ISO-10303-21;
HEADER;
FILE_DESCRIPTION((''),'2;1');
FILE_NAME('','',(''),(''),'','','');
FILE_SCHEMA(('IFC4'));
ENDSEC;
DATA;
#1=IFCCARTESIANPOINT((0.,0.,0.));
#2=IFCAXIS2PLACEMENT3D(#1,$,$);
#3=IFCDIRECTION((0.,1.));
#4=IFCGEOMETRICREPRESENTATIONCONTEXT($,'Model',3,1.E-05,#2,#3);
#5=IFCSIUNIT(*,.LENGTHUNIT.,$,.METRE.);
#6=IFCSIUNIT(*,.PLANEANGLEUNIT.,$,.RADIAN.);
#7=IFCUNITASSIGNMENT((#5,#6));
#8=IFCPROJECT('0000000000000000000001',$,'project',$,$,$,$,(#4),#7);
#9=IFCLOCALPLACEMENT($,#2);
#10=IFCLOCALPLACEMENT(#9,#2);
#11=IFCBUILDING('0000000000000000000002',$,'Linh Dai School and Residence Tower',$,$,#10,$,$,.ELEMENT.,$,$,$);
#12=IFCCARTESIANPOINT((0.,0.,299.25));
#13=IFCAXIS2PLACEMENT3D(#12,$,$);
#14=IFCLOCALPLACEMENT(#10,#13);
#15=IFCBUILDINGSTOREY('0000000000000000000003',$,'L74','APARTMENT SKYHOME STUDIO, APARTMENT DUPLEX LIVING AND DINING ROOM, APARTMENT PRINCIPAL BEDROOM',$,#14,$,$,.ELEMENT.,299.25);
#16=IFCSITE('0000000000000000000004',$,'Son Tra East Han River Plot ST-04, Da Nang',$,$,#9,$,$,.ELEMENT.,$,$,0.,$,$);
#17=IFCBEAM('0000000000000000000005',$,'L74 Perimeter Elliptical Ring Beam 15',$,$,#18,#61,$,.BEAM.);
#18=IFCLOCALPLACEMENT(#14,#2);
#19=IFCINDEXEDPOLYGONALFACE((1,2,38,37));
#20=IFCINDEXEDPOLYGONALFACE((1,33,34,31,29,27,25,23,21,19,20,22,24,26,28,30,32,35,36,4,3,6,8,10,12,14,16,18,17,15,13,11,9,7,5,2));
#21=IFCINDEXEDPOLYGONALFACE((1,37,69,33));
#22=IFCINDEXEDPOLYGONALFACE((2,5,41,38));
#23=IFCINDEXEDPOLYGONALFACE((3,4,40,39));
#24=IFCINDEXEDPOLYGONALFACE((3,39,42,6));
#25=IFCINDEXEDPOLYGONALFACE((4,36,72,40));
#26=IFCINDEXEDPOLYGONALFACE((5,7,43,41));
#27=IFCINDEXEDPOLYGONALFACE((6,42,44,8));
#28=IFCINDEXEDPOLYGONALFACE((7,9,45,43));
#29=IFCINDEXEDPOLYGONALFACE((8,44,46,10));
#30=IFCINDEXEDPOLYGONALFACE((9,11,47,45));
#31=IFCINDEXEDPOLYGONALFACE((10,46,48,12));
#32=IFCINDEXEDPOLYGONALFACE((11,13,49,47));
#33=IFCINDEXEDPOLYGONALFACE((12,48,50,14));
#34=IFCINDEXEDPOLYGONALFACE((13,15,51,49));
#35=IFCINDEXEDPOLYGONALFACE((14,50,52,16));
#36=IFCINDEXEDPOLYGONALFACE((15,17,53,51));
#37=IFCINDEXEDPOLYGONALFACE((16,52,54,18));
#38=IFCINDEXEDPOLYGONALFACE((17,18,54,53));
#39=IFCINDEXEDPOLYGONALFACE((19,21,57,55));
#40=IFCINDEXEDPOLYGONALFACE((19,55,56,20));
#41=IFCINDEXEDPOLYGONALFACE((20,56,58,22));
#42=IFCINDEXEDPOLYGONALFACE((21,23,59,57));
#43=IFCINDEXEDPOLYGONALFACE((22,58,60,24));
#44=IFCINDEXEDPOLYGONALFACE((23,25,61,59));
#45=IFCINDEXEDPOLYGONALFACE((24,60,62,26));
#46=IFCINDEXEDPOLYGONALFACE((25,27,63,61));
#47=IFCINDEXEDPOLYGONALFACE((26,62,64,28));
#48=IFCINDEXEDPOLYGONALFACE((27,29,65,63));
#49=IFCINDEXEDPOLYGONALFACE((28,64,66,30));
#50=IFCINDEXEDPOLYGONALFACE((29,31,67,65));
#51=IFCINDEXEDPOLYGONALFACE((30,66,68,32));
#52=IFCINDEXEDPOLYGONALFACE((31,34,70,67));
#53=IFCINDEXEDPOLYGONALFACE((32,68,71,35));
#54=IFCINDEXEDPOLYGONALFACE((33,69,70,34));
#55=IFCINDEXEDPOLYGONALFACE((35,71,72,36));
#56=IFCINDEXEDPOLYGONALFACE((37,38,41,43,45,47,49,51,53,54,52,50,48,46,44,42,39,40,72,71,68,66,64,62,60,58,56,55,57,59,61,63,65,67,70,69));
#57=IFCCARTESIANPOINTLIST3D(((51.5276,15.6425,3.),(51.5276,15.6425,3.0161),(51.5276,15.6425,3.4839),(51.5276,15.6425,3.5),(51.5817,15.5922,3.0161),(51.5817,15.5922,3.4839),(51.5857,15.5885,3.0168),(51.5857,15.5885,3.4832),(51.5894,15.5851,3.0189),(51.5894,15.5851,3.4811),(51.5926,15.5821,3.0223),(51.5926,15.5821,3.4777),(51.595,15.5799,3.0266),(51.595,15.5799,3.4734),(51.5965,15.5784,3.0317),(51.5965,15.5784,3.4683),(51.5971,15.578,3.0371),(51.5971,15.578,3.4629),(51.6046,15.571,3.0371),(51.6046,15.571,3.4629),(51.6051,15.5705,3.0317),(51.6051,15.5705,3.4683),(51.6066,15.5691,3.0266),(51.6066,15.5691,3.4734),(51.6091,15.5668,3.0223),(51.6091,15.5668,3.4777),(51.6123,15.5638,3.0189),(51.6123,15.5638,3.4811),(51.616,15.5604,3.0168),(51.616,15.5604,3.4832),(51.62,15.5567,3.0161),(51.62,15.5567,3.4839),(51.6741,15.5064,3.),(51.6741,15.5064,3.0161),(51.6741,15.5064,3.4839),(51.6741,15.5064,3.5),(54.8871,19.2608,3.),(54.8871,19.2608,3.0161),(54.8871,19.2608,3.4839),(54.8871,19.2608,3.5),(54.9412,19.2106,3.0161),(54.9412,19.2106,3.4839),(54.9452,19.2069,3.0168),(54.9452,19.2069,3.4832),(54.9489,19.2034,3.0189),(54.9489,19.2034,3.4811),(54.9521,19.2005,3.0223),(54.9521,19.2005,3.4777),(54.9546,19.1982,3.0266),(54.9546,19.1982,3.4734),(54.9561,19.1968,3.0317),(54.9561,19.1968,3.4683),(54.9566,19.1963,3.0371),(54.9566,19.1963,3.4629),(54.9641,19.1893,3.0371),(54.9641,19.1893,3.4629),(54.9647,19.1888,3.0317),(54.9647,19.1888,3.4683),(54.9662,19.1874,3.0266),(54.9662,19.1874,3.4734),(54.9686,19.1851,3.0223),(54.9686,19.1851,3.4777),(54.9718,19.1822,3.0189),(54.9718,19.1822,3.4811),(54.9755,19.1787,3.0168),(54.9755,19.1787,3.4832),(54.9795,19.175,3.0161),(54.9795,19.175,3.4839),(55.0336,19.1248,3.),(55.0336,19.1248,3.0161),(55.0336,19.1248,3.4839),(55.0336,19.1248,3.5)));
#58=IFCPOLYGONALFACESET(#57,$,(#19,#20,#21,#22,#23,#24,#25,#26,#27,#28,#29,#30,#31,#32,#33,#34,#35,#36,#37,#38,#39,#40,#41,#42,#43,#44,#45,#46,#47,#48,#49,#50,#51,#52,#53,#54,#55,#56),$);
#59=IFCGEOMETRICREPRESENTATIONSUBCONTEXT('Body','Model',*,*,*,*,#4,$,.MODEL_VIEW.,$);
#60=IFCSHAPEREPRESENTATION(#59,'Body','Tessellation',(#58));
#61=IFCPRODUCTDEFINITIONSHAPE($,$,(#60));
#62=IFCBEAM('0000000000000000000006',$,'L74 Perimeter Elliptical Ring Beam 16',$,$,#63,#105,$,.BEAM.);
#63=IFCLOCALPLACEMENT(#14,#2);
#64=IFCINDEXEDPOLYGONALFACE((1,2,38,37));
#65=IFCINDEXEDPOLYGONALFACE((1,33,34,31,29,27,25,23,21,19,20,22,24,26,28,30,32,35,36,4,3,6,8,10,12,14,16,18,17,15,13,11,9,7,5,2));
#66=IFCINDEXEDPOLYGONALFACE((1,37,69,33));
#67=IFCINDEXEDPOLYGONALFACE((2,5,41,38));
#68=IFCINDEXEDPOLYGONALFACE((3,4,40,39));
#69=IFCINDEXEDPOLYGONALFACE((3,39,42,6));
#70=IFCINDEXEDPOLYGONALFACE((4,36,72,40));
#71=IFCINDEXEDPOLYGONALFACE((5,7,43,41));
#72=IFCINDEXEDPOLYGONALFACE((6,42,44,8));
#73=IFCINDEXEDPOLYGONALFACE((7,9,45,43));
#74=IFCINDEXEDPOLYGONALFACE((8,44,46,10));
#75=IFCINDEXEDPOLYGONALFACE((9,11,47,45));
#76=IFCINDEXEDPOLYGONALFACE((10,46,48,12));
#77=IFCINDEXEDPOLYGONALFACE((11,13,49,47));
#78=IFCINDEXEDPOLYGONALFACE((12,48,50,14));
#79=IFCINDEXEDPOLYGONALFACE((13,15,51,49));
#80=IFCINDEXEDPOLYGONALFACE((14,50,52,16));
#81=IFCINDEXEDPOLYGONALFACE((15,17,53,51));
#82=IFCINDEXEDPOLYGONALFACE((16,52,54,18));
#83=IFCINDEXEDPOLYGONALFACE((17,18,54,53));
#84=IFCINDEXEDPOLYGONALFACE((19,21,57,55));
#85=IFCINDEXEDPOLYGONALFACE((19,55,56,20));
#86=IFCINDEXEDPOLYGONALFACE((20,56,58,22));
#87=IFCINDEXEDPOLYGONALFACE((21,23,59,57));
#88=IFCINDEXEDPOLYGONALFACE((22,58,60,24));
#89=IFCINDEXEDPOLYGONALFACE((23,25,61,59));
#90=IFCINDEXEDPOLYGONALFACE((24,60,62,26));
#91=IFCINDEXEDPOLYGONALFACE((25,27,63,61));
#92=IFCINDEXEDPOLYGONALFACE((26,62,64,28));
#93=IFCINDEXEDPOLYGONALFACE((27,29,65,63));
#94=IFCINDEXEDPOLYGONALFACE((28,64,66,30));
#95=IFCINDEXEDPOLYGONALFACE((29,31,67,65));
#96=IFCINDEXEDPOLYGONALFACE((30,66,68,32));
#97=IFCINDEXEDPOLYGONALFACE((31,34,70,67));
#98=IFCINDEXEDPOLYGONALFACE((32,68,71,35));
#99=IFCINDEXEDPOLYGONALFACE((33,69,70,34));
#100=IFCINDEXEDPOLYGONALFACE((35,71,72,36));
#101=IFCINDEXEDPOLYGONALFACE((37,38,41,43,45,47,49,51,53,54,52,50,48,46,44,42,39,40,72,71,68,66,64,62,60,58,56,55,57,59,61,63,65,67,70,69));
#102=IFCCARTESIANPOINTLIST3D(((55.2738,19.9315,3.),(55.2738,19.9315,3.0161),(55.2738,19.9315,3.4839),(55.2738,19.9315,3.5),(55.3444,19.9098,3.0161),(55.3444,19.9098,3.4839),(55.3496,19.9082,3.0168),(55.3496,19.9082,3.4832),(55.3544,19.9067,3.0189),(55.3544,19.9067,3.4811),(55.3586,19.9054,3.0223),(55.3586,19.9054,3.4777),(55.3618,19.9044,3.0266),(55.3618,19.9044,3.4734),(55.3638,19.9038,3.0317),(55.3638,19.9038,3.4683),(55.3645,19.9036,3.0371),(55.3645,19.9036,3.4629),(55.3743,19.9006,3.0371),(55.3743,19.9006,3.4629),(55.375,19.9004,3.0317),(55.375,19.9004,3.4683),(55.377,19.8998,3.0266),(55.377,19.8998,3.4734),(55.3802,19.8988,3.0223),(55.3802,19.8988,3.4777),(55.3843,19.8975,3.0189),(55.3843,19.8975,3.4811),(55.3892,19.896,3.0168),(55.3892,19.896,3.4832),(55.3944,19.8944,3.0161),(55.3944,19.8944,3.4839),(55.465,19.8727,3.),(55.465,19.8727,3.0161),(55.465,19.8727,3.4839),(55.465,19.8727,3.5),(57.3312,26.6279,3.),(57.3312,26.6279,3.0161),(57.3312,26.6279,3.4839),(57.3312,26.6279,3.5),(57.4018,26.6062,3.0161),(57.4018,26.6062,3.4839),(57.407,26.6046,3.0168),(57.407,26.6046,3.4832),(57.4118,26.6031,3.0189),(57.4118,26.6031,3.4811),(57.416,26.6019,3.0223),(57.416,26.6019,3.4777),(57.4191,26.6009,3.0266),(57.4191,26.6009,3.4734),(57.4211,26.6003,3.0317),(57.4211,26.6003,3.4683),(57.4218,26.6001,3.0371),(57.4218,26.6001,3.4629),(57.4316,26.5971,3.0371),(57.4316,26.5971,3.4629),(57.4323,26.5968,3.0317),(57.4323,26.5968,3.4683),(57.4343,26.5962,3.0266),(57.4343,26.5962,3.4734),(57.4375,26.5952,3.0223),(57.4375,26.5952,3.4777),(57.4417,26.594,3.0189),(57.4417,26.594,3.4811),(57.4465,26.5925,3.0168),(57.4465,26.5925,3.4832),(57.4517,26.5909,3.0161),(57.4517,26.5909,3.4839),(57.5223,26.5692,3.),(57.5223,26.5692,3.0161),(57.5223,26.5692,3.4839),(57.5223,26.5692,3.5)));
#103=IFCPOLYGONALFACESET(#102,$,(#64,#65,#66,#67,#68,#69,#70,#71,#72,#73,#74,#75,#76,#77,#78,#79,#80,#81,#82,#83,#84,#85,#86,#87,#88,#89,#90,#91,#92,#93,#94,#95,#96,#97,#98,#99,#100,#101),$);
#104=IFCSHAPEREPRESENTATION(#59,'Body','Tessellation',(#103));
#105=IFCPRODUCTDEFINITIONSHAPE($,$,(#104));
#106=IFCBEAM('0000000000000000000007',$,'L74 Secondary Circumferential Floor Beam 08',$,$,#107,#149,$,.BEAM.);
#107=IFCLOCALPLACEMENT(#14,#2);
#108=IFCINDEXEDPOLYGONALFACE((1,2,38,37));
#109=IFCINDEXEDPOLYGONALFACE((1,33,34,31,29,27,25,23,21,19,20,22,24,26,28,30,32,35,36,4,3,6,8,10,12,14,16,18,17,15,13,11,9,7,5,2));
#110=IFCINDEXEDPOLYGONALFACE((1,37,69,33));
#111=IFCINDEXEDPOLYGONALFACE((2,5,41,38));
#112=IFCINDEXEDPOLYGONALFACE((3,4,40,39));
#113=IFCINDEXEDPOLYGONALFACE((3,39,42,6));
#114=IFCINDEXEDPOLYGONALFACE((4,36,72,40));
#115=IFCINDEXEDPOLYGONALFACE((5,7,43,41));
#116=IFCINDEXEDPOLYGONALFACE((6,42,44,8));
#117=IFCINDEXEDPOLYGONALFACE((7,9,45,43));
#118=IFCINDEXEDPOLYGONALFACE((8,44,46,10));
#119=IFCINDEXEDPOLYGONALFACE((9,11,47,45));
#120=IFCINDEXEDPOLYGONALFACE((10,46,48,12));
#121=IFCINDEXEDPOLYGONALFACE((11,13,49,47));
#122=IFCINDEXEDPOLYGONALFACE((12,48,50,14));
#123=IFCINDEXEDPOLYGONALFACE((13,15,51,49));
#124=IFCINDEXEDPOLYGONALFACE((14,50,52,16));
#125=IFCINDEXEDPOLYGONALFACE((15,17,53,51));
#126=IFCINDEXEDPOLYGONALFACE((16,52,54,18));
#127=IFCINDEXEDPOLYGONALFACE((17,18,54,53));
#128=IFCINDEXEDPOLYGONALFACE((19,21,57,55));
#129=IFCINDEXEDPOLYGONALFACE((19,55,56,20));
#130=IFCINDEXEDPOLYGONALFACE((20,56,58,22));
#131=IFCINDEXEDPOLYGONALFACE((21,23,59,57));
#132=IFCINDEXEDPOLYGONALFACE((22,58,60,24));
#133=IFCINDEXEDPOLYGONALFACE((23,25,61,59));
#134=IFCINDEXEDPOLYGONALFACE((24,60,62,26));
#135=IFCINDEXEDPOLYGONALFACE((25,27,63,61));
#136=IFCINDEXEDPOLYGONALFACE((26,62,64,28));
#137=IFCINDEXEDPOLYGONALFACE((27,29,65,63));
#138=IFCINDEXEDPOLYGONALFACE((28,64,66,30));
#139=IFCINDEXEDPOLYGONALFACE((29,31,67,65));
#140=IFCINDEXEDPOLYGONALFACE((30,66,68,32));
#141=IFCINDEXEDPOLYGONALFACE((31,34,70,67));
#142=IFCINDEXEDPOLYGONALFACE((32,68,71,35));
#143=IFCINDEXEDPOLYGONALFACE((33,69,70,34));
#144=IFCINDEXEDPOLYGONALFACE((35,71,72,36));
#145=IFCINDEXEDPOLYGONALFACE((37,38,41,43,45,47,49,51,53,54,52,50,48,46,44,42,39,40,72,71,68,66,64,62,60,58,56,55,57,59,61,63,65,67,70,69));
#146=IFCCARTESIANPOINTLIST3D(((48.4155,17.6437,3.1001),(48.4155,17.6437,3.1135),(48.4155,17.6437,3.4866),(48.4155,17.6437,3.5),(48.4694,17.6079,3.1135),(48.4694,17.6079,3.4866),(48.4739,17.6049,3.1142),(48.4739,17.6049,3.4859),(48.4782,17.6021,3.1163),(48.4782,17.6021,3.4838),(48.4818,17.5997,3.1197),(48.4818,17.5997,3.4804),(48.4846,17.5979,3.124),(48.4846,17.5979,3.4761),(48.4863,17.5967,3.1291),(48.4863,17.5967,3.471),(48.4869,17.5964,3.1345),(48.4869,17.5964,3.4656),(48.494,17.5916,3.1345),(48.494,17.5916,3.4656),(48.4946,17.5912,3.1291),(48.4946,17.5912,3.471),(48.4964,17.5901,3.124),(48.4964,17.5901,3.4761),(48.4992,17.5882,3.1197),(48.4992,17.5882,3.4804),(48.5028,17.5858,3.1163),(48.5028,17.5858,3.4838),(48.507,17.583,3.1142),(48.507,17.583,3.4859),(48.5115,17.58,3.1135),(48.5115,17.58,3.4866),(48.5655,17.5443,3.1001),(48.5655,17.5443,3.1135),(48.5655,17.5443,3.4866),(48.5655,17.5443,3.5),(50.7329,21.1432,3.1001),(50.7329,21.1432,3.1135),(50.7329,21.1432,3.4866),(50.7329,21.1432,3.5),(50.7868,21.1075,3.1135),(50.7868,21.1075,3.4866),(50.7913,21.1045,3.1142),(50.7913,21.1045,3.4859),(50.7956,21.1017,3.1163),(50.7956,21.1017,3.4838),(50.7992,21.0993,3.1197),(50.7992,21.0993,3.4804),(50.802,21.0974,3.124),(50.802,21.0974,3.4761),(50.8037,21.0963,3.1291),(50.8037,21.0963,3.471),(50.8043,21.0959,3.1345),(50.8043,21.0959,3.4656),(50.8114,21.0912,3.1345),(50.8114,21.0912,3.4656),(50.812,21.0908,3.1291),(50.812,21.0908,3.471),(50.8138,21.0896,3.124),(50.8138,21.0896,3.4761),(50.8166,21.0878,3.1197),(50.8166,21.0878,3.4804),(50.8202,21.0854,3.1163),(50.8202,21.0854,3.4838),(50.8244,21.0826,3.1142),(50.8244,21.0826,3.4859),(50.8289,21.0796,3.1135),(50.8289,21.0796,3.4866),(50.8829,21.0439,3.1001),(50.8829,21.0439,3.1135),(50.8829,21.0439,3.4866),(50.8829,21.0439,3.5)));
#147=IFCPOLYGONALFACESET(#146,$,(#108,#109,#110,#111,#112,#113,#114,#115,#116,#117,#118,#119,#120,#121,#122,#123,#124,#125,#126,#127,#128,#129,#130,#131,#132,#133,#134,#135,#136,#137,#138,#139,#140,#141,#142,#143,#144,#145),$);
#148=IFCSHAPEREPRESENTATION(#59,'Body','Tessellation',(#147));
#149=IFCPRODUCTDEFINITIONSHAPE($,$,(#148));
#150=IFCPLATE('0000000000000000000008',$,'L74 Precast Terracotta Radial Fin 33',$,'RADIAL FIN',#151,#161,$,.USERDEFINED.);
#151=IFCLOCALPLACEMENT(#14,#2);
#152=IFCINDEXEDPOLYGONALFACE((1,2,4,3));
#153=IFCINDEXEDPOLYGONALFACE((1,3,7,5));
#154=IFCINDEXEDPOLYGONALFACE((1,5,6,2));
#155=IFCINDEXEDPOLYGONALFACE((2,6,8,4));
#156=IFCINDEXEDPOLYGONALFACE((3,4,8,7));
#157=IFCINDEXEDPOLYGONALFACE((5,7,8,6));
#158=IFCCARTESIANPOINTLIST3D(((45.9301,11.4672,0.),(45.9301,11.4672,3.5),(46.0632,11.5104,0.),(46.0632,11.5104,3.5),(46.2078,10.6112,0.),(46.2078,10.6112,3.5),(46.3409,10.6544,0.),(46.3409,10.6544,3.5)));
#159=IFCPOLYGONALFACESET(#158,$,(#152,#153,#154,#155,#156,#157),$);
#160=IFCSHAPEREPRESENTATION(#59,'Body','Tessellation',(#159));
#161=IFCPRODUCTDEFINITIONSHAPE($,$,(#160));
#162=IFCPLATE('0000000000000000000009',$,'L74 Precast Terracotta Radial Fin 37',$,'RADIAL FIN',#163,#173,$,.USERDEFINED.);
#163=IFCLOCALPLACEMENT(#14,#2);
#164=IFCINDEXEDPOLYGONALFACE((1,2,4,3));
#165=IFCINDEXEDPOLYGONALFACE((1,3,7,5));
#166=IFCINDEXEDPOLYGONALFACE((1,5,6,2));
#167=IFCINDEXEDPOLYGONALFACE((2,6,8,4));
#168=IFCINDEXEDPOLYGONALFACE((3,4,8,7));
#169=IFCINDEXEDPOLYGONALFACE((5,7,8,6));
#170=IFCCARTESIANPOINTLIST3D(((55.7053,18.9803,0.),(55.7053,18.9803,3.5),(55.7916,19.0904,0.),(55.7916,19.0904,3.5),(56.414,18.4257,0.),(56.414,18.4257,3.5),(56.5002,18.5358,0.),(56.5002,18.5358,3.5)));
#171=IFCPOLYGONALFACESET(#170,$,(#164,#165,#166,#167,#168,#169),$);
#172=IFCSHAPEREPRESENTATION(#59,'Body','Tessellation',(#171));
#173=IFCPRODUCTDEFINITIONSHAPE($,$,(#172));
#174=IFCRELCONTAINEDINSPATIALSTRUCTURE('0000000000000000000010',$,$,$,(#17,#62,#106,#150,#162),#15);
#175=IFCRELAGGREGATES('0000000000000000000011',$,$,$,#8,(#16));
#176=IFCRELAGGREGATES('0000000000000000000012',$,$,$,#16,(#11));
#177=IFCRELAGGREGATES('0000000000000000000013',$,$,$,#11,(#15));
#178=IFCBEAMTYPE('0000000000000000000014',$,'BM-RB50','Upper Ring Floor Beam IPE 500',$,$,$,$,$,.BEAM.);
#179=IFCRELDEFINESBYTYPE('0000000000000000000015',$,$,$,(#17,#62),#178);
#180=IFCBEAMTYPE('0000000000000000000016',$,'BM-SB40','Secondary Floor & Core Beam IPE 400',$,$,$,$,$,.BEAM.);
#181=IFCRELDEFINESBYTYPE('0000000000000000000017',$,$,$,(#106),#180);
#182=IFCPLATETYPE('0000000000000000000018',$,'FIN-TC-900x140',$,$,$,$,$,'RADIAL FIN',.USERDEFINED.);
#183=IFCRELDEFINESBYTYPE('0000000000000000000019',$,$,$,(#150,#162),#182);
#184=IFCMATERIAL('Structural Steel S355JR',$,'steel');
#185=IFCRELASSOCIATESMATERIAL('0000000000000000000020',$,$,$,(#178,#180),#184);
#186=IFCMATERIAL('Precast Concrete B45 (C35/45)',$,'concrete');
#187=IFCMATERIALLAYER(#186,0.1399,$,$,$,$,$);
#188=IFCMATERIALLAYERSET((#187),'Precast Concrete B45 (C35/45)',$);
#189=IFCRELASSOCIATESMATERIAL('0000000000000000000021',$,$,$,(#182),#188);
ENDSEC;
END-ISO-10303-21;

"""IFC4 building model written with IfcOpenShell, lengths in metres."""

from ifc_helpers import new_model, si_unit, direction, frame, origin, origin_2d, place, context, subcontext, project, spatial, rectangle, i_section, extrude, source, transform, mapped, material, layer, layer_set, material_profile, profile_set, type_object, element, save


model = new_model("IFC4")

# Units and contexts
model_context = context("Model", 3, precision=1e-05, world=origin(), true_north=direction((0.0, 1.0)))
body_context = subcontext(model_context, "Body", "Model", "MODEL_VIEW")
ifc_project = project(units=[si_unit("LENGTHUNIT", "METRE"), si_unit("PLANEANGLEUNIT", "RADIAN")], contexts=[model_context])

# Site, building, storey
site_placement = place(None, origin())
site = spatial("IfcSite", under=ifc_project, at=site_placement, Name="Son Tra East Han River Plot ST-04, Da Nang", CompositionType="ELEMENT", RefElevation=0.0)
building_placement = place(site_placement, origin())
building = spatial("IfcBuilding", under=site, at=building_placement, Name="Linh Dai School and Residence Tower", CompositionType="ELEMENT")
storey_placement = place(building_placement, frame((0.0, 0.0, 299.25)))
storey = spatial("IfcBuildingStorey", under=building, at=storey_placement, Name="L74", Description="APARTMENT SKYHOME STUDIO, APARTMENT DUPLEX LIVING AND DINING ROOM, APARTMENT PRINCIPAL BEDROOM", CompositionType="ELEMENT", Elevation=299.25)

# Shared definitions
ifc_material_1 = material(Name="Structural Steel S355JR", Category="steel")

# Beams
ifc_material_profile_1 = material_profile(ifc_material_1, i_section(OverallWidth=0.2, OverallDepth=0.5, WebThickness=0.0103, FlangeThickness=0.0161, FilletRadius=0.021, at=origin_2d()), Name="IPE 500")
ifc_profile_set_1 = profile_set([ifc_material_profile_1], Name="Structural Steel S355JR")
beam_type_1 = type_object("IfcBeamType", Name="BM-RB50", Description="Upper Ring Floor Beam IPE 500", PredefinedType="BEAM", material=ifc_profile_set_1)
beam_1_placement = place(storey_placement, frame((51.6008, 15.5745, 3.25), z_axis=(0.680415, 0.732827, 0.0), x_axis=(-0.732827, 0.680415, 0.0)))
element("IfcBeam", 1, at=beam_1_placement, inside=storey, type_object=beam_type_1, Name="L74 Perimeter Elliptical Ring Beam 15", PredefinedType="BEAM", context=body_context, shape_type="SweptSolid", body=[
    extrude(i_section(OverallWidth=0.2, OverallDepth=0.5, WebThickness=0.0103, FlangeThickness=0.0161, FilletRadius=0.021, at=origin_2d()), origin(), (0.0, 0.0, 1.0), 4.9375),
])
beam_2_placement = place(storey_placement, frame((55.3694, 19.9021, 3.25), z_axis=(0.293682, 0.955903, 0.0), x_axis=(-0.955903, 0.293682, 0.0)))
element("IfcBeam", 2, at=beam_2_placement, inside=storey, type_object=beam_type_1, Name="L74 Perimeter Elliptical Ring Beam 16", PredefinedType="BEAM", context=body_context, shape_type="SweptSolid", body=[
    extrude(i_section(OverallWidth=0.2, OverallDepth=0.5, WebThickness=0.0103, FlangeThickness=0.0161, FilletRadius=0.021, at=origin_2d()), origin(), (0.0, 0.0, 1.0), 7.0054),
])
ifc_material_profile_2 = material_profile(ifc_material_1, i_section(OverallWidth=0.1799, OverallDepth=0.3999, WebThickness=0.0085, FlangeThickness=0.0134, FilletRadius=0.021, at=origin_2d()), Name="IPE 400")
ifc_profile_set_2 = profile_set([ifc_material_profile_2], Name="Structural Steel S355JR")
beam_type_2 = type_object("IfcBeamType", Name="BM-SB40", Description="Secondary Floor & Core Beam IPE 400", PredefinedType="BEAM", material=ifc_profile_set_2)
beam_3_placement = place(storey_placement, frame((48.4905, 17.594, 3.3), z_axis=(0.55212, 0.833764, 0.0), x_axis=(-0.833764, 0.55212, 0.0)))
element("IfcBeam", 3, at=beam_3_placement, inside=storey, type_object=beam_type_2, Name="L74 Secondary Circumferential Floor Beam 08", PredefinedType="BEAM", context=body_context, shape_type="SweptSolid", body=[
    extrude(i_section(OverallWidth=0.1799, OverallDepth=0.3999, WebThickness=0.0085, FlangeThickness=0.0134, FilletRadius=0.021, at=origin_2d()), origin(), (0.0, 0.0, 1.0), 4.1973),
])

# Plates
ifc_material_2 = material(Name="Precast Concrete B45 (C35/45)", Category="concrete")
ifc_layer_1 = layer(ifc_material_2, 0.1399)
ifc_layer_set_1 = layer_set([ifc_layer_1], Name="Precast Concrete B45 (C35/45)")
plate_type = type_object("IfcPlateType", Name="FIN-TC-900x140", ElementType="RADIAL FIN", PredefinedType="USERDEFINED", material=ifc_layer_set_1)
shared_shape_1 = source(origin(), body_context, "Body", "SweptSolid", [
    extrude(rectangle(XDim=0.8999, YDim=0.1399, at=origin_2d()), origin(), (0.0, 0.0, 1.0), 3.5),
])
for number, where, z_axis, x_axis, name in (
    (4, (46.1355, 11.0608, 0.0), (0.0, 0.0, 1.0), (0.308519, -0.951218, 0.0), "L74 Precast Terracotta Radial Fin 33"),
    (5, (56.1028, 18.7581, 0.0), (0.0, 0.0, 1.0), (0.787503, -0.616311, 0.0), "L74 Precast Terracotta Radial Fin 37"),
):
    element("IfcPlate", number, at=place(storey_placement, frame(where, z_axis=z_axis, x_axis=x_axis)), inside=storey, type_object=plate_type, Name=name, ObjectType="RADIAL FIN", PredefinedType="USERDEFINED", context=body_context, shape_type="MappedRepresentation", body=[
        mapped(shared_shape_1, transform((0.0, 0.0, 0.0), x_axis=(1.0, 0.0, 0.0), y_axis=(0.0, 1.0, 0.0), z_axis=(0.0, 0.0, 1.0), scale=1.0)),
    ])

save(model, "model.ifc")
